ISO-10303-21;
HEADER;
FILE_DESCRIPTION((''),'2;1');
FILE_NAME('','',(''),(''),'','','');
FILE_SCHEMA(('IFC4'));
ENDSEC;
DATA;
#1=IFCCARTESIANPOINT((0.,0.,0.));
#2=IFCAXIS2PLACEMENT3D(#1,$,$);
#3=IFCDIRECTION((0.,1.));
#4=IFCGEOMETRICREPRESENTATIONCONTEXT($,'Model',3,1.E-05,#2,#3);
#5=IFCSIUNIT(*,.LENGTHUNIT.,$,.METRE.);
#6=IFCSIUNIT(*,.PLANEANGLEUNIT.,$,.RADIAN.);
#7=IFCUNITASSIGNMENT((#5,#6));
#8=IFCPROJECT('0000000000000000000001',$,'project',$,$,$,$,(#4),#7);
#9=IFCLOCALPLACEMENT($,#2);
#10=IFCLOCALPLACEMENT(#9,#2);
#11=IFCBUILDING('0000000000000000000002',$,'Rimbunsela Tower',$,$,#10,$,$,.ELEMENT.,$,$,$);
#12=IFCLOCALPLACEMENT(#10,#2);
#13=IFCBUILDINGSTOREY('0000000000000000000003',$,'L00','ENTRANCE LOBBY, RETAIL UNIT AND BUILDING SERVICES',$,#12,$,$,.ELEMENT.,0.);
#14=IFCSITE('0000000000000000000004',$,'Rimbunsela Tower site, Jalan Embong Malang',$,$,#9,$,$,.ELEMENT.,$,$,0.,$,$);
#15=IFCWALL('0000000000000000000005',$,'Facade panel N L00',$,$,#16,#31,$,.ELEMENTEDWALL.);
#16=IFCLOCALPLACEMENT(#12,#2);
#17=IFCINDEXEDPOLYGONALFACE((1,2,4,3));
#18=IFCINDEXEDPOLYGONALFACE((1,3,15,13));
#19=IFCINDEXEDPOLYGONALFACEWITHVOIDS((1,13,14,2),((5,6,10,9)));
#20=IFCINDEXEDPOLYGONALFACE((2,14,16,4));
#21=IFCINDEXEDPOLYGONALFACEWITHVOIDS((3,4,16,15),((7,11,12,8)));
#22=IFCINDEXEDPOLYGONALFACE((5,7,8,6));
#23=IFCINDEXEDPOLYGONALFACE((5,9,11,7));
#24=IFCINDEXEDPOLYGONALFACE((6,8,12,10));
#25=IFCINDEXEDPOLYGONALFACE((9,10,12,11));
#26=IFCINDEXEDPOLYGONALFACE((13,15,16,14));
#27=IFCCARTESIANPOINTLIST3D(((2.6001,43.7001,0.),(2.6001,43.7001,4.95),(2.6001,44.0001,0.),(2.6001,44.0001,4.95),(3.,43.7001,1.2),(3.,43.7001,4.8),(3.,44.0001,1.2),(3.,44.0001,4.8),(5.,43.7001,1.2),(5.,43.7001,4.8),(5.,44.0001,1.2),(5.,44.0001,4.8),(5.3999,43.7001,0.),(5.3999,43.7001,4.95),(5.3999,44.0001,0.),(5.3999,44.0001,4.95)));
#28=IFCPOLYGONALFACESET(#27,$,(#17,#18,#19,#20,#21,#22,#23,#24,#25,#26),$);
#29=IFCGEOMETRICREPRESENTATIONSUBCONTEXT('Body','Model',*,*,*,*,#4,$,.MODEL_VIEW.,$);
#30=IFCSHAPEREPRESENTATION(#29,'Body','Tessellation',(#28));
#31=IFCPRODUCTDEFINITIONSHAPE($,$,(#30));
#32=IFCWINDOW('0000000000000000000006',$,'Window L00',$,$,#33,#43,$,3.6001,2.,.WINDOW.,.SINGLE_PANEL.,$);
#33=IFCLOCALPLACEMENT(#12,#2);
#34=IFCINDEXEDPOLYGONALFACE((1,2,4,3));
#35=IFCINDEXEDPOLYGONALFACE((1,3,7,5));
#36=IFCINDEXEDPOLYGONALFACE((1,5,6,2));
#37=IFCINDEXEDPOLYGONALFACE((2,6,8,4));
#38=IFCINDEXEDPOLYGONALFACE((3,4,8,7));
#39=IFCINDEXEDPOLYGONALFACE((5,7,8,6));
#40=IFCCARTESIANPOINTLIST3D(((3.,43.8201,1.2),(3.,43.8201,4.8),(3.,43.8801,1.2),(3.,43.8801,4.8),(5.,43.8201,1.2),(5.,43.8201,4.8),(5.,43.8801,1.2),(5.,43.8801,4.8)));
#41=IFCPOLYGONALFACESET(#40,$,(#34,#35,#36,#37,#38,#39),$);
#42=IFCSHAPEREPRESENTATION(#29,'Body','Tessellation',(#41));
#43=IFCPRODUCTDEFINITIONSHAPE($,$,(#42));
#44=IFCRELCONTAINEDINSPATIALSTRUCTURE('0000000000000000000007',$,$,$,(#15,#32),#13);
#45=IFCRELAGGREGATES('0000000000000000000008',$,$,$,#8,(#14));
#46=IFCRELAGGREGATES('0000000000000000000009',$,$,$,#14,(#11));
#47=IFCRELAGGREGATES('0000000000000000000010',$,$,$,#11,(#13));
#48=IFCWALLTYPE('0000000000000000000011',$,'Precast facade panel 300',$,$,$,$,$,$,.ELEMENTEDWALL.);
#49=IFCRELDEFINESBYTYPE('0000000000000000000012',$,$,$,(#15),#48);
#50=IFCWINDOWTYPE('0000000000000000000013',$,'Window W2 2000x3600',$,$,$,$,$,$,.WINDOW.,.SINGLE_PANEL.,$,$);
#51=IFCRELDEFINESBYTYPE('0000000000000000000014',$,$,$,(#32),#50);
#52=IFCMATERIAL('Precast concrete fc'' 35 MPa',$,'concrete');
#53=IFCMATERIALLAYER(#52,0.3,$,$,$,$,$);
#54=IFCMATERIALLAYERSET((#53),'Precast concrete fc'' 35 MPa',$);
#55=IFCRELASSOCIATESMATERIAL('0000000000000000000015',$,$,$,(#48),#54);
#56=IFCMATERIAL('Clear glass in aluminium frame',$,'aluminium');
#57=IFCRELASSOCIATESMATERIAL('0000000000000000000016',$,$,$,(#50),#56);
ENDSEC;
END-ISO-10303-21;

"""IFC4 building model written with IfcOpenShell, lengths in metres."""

from ifc_helpers import new_model, si_unit, direction, frame, frame_2d, origin, place, context, subcontext, project, spatial, rectangle, extrude, material, layer, layer_set, type_object, element, fill, save


model = new_model("IFC4")

# Units and contexts
model_context = context("Model", 3, precision=1e-05, world=origin(), true_north=direction((0.0, 1.0)))
body_context = subcontext(model_context, "Body", "Model", "MODEL_VIEW")
ifc_project = project(units=[si_unit("LENGTHUNIT", "METRE"), si_unit("PLANEANGLEUNIT", "RADIAN")], contexts=[model_context])

# Site, building, storey
site_placement = place(None, origin())
site = spatial("IfcSite", under=ifc_project, at=site_placement, Name="Rimbunsela Tower site, Jalan Embong Malang", CompositionType="ELEMENT", RefElevation=0.0)
building_placement = place(site_placement, origin())
building = spatial("IfcBuilding", under=site, at=building_placement, Name="Rimbunsela Tower", CompositionType="ELEMENT")
storey_placement = place(building_placement, origin())
storey = spatial("IfcBuildingStorey", under=building, at=storey_placement, Name="L00", Description="ENTRANCE LOBBY, RETAIL UNIT AND BUILDING SERVICES", CompositionType="ELEMENT", Elevation=0.0)

# Shared definitions
ifc_material_1 = material(Name="Precast concrete fc' 35 MPa", Category="concrete")
ifc_layer_1 = layer(ifc_material_1, 0.3)
ifc_layer_set_1 = layer_set([ifc_layer_1], Name="Precast concrete fc' 35 MPa")
wall_type = type_object("IfcWallType", Name="Precast facade panel 300", PredefinedType="ELEMENTEDWALL", material=ifc_layer_set_1)

# Wall, opening, window
ifc_material_2 = material(Name="Clear glass in aluminium frame", Category="aluminium")
window_type = type_object("IfcWindowType", Name="Window W2 2000x3600", PartitioningType="SINGLE_PANEL", PredefinedType="WINDOW", material=ifc_material_2)
wall_1_placement = place(storey_placement, frame((5.3999, 43.8501, 0.0), z_axis=(0.0, 0.0, 1.0), x_axis=(-1.0, 0.0, 0.0)))
wall_1 = element("IfcWall", 1, at=wall_1_placement, inside=storey, type_object=wall_type, Name="Facade panel N L00", PredefinedType="ELEMENTEDWALL", context=body_context, shape_type="SweptSolid", body=[
    extrude(rectangle(XDim=2.7998, YDim=0.3, at=frame_2d((1.3999, 0.0))), origin(), (0.0, 0.0, 1.0), 4.95),
])
opening_1_placement = place(wall_1_placement, frame((0.3999, 0.0, 1.2)))
opening_1 = element("IfcOpeningElement", 2, at=opening_1_placement, cuts=wall_1, PredefinedType="OPENING", context=body_context, shape_type="SweptSolid", body=[
    extrude(rectangle(XDim=2.0, YDim=3.6001, at=frame_2d((1.0, 1.8))), frame((0.0, 0.1599, 0.0), z_axis=(0.0, -1.0, 0.0), x_axis=(1.0, 0.0, 0.0)), (0.0, 0.0, 1.0), 0.3201),
])
window_1_placement = place(opening_1_placement, origin())
window_1 = element("IfcWindow", 3, at=window_1_placement, inside=storey, type_object=window_type, Name="Window L00", OverallHeight=3.6001, OverallWidth=2.0, PartitioningType="SINGLE_PANEL", PredefinedType="WINDOW", context=body_context, shape_type="SweptSolid", body=[
    extrude(rectangle(XDim=2.0, YDim=3.6001, at=frame_2d((1.0, 1.8))), frame((0.0, 0.03, 0.0), z_axis=(0.0, -1.0, 0.0), x_axis=(1.0, 0.0, 0.0)), (0.0, 0.0, 1.0), 0.0601),
])
fill(opening_1, window_1)

save(model, "model.ifc")
